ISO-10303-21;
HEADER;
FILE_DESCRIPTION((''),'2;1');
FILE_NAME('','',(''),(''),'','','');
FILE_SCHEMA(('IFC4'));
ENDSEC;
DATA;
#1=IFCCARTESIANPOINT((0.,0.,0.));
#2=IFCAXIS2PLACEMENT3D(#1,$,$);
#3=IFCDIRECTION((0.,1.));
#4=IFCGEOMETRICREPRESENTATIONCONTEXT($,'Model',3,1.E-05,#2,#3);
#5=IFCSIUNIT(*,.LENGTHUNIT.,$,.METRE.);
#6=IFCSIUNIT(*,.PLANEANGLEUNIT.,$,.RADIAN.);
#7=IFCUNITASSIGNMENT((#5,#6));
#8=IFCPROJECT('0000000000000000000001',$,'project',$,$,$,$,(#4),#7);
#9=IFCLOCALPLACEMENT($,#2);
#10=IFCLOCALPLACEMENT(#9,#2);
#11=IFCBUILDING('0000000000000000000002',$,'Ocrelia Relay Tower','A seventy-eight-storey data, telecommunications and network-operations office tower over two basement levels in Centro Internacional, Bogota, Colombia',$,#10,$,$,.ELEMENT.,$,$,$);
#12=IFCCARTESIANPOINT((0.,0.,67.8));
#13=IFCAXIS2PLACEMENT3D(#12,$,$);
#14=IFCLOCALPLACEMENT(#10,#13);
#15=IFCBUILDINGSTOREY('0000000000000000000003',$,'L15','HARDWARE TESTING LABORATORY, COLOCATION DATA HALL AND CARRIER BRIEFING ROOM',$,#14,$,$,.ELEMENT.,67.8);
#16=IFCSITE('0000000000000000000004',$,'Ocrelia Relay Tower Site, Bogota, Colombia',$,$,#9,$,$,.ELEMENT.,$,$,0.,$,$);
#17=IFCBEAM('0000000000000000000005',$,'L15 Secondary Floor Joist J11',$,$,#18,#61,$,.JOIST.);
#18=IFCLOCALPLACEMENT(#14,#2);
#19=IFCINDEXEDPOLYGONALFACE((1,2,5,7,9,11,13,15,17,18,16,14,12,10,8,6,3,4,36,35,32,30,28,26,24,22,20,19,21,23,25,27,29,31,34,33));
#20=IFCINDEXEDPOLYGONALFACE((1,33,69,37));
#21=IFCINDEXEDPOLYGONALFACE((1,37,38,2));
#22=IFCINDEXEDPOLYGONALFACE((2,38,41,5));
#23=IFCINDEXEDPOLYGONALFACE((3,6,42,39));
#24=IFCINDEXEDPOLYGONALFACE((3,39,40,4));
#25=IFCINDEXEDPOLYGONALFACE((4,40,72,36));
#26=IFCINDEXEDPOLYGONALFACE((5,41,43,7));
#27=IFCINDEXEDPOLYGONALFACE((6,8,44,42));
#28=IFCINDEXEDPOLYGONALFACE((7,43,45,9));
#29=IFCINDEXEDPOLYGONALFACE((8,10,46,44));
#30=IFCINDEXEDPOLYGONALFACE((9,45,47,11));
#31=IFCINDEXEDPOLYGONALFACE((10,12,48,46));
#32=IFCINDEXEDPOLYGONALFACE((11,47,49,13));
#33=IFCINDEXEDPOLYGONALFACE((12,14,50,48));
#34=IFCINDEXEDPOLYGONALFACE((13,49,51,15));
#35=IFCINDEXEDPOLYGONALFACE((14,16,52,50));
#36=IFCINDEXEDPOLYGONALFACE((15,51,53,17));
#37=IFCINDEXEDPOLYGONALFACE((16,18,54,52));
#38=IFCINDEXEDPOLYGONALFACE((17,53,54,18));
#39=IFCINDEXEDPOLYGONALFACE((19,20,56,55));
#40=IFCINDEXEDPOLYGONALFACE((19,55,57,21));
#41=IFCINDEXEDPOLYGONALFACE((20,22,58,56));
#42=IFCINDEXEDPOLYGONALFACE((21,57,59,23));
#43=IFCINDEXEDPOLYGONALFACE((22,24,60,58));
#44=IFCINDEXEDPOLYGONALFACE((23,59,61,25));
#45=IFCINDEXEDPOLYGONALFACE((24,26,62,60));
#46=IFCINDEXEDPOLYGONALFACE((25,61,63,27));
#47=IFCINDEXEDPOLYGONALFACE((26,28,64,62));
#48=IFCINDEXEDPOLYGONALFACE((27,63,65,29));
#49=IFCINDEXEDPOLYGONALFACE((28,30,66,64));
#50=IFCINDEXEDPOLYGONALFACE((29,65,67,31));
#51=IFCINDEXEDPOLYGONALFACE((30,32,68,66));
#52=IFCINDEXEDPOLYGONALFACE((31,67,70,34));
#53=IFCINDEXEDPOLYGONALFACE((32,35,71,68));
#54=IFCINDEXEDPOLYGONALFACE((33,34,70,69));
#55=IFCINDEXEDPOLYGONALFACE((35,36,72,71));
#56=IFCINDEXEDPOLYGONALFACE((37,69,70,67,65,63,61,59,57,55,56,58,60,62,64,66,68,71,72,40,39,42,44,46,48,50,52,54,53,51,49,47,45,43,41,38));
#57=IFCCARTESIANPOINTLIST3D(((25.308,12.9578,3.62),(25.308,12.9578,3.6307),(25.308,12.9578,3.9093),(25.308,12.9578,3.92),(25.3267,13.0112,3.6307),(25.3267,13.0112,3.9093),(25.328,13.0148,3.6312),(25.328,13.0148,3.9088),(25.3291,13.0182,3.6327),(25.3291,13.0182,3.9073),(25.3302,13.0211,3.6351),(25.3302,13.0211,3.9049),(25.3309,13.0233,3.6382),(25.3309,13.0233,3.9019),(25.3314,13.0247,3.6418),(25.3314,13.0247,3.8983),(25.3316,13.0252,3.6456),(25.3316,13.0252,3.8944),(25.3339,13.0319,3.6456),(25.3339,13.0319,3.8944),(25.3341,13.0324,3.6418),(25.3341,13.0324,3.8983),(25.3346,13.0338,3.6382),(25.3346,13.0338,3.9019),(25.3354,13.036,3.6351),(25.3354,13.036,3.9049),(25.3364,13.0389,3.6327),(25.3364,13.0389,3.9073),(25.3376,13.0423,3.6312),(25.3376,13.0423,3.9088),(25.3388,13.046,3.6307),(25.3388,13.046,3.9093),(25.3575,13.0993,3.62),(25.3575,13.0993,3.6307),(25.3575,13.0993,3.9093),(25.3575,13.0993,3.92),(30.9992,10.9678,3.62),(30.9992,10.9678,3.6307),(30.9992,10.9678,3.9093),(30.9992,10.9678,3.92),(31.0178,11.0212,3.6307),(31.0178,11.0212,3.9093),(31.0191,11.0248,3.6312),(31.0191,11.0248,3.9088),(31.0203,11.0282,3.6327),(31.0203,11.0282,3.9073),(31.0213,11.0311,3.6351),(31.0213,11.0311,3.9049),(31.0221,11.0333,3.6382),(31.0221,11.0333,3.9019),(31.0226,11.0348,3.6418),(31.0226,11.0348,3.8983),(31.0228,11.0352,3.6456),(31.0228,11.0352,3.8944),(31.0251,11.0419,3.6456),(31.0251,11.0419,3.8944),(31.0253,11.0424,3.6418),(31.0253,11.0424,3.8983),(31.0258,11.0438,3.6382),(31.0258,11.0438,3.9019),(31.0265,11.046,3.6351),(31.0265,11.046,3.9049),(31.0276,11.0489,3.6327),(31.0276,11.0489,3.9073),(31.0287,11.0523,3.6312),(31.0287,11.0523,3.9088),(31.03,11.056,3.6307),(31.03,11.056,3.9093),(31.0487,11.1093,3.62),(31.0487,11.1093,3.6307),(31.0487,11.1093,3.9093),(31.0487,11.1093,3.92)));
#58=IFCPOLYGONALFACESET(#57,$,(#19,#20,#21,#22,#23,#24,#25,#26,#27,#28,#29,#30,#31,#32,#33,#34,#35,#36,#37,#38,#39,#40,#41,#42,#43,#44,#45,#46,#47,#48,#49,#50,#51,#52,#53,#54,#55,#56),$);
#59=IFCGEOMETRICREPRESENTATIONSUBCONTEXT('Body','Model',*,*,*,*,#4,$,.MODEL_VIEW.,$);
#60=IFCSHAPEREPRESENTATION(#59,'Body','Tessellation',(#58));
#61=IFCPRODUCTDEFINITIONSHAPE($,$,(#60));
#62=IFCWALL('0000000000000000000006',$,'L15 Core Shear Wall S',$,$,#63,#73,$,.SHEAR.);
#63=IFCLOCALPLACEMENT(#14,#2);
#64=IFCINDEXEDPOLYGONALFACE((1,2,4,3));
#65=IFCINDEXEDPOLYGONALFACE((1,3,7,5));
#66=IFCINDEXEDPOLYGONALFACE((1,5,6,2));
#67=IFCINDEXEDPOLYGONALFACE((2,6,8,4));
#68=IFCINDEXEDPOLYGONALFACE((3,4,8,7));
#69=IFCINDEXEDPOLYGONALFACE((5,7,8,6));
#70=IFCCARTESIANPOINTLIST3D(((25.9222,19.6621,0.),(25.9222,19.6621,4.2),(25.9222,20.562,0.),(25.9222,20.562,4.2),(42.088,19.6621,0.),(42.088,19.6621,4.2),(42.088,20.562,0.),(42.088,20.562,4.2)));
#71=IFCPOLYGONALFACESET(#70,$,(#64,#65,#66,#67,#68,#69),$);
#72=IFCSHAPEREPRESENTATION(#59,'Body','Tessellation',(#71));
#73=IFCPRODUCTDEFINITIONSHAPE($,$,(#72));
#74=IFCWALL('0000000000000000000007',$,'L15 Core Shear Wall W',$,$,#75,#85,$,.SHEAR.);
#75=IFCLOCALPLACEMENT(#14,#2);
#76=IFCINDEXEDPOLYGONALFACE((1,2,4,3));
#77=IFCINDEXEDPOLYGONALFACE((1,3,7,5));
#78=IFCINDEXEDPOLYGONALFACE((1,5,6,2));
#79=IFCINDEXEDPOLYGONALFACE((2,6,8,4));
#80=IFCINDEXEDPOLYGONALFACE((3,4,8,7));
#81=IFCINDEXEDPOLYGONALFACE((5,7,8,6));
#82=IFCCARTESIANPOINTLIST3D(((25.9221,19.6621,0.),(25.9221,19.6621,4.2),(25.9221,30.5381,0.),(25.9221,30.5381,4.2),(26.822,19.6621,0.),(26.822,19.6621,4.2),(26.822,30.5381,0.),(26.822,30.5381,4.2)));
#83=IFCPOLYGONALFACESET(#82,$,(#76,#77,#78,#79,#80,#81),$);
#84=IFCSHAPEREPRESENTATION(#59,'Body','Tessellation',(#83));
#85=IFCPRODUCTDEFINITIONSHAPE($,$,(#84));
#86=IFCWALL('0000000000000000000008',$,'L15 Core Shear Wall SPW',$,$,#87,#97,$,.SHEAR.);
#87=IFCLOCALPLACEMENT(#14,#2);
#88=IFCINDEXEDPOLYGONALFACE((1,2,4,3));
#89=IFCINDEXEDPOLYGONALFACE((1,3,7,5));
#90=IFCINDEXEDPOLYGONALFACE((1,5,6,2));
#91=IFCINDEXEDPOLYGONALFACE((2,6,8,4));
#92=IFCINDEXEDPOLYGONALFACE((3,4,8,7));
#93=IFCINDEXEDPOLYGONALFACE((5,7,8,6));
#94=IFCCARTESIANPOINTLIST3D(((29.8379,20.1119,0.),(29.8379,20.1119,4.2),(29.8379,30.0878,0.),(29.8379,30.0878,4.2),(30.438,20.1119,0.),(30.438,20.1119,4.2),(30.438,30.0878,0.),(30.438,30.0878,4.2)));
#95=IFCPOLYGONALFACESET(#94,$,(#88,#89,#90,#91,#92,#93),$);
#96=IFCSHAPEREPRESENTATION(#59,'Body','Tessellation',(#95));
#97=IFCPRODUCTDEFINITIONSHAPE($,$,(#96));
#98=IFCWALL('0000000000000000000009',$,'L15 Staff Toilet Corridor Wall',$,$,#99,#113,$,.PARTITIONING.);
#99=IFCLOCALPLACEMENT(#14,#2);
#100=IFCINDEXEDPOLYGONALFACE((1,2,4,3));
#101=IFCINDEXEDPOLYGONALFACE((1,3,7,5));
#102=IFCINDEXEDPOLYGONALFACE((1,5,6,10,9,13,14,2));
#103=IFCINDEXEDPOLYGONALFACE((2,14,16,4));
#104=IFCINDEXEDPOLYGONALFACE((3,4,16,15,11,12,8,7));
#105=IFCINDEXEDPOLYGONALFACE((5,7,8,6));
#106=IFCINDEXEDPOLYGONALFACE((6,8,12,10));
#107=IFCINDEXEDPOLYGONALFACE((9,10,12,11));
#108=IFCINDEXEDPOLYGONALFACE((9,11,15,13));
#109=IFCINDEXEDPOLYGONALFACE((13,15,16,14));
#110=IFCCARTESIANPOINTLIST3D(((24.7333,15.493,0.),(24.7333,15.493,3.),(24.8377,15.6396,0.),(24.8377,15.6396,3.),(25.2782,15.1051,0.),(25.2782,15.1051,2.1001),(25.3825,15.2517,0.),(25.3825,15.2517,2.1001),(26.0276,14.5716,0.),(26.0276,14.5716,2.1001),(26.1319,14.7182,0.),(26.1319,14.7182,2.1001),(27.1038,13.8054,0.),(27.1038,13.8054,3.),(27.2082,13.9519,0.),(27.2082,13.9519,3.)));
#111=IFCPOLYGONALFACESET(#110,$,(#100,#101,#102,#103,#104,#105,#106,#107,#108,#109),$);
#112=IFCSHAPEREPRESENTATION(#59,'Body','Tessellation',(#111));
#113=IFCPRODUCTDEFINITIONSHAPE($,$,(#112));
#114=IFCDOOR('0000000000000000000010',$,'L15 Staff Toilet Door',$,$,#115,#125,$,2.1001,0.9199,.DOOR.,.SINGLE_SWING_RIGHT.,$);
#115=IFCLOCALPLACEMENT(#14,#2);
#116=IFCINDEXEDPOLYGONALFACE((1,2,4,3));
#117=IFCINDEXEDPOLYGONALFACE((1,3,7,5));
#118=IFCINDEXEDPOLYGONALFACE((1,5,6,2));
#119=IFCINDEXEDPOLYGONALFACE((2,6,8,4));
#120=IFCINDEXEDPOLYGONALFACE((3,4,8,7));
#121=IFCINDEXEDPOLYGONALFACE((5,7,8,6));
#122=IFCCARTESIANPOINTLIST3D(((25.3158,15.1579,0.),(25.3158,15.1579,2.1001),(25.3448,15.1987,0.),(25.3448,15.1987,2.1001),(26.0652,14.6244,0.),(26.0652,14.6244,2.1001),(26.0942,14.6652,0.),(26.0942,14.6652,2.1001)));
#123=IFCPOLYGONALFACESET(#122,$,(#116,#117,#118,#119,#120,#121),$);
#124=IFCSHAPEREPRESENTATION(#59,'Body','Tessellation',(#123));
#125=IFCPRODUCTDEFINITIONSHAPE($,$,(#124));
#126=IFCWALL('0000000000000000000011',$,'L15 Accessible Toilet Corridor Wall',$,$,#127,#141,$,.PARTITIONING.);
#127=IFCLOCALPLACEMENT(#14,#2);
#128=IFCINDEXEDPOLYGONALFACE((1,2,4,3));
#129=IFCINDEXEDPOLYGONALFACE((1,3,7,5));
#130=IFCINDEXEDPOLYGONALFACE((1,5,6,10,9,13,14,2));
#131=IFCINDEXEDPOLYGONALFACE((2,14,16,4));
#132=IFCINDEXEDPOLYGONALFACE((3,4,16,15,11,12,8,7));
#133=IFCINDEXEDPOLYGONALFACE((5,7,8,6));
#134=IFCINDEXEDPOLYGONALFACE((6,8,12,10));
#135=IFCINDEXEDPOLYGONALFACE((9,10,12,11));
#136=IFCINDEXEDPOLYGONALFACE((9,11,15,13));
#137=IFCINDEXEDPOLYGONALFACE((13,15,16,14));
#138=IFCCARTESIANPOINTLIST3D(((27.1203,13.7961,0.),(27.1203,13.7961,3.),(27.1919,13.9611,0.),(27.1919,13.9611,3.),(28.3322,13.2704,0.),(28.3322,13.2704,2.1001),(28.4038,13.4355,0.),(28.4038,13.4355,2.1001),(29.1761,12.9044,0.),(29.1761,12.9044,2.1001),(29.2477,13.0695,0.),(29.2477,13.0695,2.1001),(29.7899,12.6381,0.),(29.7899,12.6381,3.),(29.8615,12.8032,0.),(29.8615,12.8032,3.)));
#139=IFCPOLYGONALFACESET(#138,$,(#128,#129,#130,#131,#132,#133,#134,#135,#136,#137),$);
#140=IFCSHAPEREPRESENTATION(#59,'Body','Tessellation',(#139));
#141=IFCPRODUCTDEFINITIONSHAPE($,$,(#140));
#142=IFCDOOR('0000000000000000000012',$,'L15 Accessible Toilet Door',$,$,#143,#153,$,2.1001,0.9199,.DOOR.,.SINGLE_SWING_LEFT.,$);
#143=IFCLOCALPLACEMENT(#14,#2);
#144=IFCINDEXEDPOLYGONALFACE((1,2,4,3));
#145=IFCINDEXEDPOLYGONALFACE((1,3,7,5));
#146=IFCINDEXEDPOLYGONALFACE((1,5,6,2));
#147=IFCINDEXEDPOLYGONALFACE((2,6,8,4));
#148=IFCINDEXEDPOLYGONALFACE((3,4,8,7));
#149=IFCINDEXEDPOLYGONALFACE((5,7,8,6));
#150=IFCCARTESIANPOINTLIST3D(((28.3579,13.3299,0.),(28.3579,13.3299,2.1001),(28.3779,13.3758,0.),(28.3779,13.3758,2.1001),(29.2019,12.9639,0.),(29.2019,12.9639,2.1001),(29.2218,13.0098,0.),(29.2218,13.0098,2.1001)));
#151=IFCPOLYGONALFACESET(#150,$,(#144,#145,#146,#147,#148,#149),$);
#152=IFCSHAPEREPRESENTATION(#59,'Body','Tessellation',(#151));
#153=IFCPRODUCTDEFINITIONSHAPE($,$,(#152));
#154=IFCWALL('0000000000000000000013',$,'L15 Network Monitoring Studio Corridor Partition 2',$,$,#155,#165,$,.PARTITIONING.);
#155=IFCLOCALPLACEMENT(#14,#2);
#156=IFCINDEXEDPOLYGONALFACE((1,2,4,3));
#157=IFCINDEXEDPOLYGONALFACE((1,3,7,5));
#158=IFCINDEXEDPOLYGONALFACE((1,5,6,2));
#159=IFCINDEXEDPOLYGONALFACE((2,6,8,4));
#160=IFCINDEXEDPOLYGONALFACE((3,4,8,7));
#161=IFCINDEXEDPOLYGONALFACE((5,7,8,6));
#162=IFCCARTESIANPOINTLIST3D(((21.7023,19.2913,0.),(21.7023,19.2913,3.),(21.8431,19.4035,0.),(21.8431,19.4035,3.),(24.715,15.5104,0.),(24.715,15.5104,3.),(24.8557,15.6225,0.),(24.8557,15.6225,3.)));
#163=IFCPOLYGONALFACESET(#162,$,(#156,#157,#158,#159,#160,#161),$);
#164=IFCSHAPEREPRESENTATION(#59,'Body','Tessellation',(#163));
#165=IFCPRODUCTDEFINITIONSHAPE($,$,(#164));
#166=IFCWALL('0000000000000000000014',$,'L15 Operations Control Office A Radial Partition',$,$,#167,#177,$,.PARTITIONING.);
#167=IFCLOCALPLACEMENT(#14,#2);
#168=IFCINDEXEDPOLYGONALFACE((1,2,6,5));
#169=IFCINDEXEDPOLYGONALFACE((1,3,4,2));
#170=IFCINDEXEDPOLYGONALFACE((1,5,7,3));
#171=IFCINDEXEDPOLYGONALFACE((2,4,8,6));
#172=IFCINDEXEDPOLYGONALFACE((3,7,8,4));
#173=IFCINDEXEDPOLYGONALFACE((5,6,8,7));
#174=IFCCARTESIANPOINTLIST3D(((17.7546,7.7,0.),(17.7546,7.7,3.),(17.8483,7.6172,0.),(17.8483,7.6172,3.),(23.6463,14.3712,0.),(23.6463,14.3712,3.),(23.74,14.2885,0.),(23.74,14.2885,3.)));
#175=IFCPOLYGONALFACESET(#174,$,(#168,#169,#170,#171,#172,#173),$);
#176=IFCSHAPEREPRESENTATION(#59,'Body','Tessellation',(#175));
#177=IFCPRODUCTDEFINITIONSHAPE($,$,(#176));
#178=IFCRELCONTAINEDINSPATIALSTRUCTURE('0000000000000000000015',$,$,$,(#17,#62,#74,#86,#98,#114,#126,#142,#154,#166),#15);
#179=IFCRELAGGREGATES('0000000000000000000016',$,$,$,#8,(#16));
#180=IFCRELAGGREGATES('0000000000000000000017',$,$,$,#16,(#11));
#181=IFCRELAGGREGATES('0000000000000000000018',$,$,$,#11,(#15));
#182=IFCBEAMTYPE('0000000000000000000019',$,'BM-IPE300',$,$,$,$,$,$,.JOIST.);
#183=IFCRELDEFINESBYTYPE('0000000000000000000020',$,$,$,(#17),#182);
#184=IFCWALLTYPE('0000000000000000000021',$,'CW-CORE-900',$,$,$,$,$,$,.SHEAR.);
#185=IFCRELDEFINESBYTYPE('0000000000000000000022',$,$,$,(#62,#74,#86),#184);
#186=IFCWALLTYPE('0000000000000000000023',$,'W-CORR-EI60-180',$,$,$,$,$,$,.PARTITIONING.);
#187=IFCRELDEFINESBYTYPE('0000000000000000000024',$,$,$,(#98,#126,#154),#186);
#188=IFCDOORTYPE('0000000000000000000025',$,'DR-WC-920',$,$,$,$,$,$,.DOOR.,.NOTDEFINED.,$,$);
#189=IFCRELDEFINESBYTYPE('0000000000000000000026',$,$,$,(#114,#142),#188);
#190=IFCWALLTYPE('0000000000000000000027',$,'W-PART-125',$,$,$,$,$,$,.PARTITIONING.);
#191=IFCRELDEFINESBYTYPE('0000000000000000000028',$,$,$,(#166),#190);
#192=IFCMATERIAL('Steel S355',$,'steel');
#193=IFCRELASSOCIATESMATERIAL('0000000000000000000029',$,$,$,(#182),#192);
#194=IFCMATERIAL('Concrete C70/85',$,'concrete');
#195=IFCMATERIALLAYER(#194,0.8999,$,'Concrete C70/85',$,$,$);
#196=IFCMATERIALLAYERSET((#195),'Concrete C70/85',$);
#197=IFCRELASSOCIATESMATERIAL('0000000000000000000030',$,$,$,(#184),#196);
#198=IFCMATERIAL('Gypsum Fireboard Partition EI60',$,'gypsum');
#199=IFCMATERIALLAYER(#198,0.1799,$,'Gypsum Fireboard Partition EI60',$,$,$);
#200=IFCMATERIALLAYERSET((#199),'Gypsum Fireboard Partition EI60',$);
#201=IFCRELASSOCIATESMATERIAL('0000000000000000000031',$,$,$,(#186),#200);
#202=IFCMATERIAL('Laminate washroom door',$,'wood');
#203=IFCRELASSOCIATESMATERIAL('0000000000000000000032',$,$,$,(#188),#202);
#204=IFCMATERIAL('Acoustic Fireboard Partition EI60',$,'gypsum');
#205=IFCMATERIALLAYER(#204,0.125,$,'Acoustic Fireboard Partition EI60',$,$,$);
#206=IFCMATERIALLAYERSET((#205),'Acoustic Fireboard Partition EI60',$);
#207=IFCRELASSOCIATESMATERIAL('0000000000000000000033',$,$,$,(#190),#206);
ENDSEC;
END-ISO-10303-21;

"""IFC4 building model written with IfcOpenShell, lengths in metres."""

from ifc_helpers import new_model, si_unit, direction, frame, frame_2d, origin, origin_2d, place, context, subcontext, project, spatial, rectangle, i_section, extrude, material, layer, layer_set, material_profile, profile_set, type_object, element, fill, save


model = new_model("IFC4")

# Units and contexts
model_context = context("Model", 3, precision=1e-05, world=origin(), true_north=direction((0.0, 1.0)))
body_context = subcontext(model_context, "Body", "Model", "MODEL_VIEW")
ifc_project = project(units=[si_unit("LENGTHUNIT", "METRE"), si_unit("PLANEANGLEUNIT", "RADIAN")], contexts=[model_context])

# Site, building, storey
site_placement = place(None, origin())
site = spatial("IfcSite", under=ifc_project, at=site_placement, Name="Ocrelia Relay Tower Site, Bogota, Colombia", CompositionType="ELEMENT", RefElevation=0.0)
building_placement = place(site_placement, origin())
building = spatial("IfcBuilding", under=site, at=building_placement, Name="Ocrelia Relay Tower", Description="A seventy-eight-storey data, telecommunications and network-operations office tower over two basement levels in Centro Internacional, Bogota, Colombia", CompositionType="ELEMENT")
storey_placement = place(building_placement, frame((0.0, 0.0, 67.8)))
storey = spatial("IfcBuildingStorey", under=building, at=storey_placement, Name="L15", Description="HARDWARE TESTING LABORATORY, COLOCATION DATA HALL AND CARRIER BRIEFING ROOM", CompositionType="ELEMENT", Elevation=67.8)

# Shared definitions
ifc_material_1 = material(Name="Concrete C70/85", Category="concrete")

# Beam
ifc_material_2 = material(Name="Steel S355", Category="steel")
ifc_material_profile_1 = material_profile(ifc_material_2, i_section(OverallWidth=0.1499, OverallDepth=0.3, WebThickness=0.0071, FlangeThickness=0.0107, FilletRadius=0.0149, at=origin_2d()), Name="IPE 300")
ifc_profile_set_1 = profile_set([ifc_material_profile_1], Name="Steel S355")
beam_type_1 = type_object("IfcBeamType", Name="BM-IPE300", PredefinedType="JOIST", material=ifc_profile_set_1)
beam_1_placement = place(storey_placement, frame((25.3328, 13.0286, 3.77), z_axis=(0.943957, -0.330067, 0.0), x_axis=(0.330067, 0.943957, 0.0)))
element("IfcBeam", 1, at=beam_1_placement, inside=storey, type_object=beam_type_1, Name="L15 Secondary Floor Joist J11", PredefinedType="JOIST", context=body_context, shape_type="SweptSolid", body=[
    extrude(i_section(OverallWidth=0.1499, OverallDepth=0.3, WebThickness=0.0071, FlangeThickness=0.0107, FilletRadius=0.0149, at=origin_2d()), origin(), (0.0, 0.0, 1.0), 6.0291),
])

# Walls
ifc_layer_1 = layer(ifc_material_1, 0.8999, Name="Concrete C70/85")
ifc_layer_set_1 = layer_set([ifc_layer_1], Name="Concrete C70/85")
wall_type_1 = type_object("IfcWallType", Name="CW-CORE-900", PredefinedType="SHEAR", material=ifc_layer_set_1)
wall_1_placement = place(storey_placement, frame((25.9221, 20.1121, 0.0), z_axis=(0.0, 0.0, 1.0), x_axis=(1.0, 0.0, 0.0)))
element("IfcWall", 2, at=wall_1_placement, inside=storey, type_object=wall_type_1, Name="L15 Core Shear Wall S", PredefinedType="SHEAR", context=body_context, shape_type="SweptSolid", body=[
    extrude(rectangle(XDim=16.1658, YDim=0.8999, at=frame_2d((8.083, 0.0))), origin(), (0.0, 0.0, 1.0), 4.2),
])
wall_2_placement = place(storey_placement, frame((26.3721, 19.6621, 0.0), z_axis=(0.0, 0.0, 1.0), x_axis=(0.0, 1.0, 0.0)))
element("IfcWall", 3, at=wall_2_placement, inside=storey, type_object=wall_type_1, Name="L15 Core Shear Wall W", PredefinedType="SHEAR", context=body_context, shape_type="SweptSolid", body=[
    extrude(rectangle(XDim=10.876, YDim=0.8999, at=frame_2d((5.438, 0.0))), origin(), (0.0, 0.0, 1.0), 4.2),
])
wall_3_placement = place(storey_placement, frame((30.1379, 20.1121, 0.0), z_axis=(0.0, 0.0, 1.0), x_axis=(0.0, 1.0, 0.0)))
element("IfcWall", 4, at=wall_3_placement, inside=storey, type_object=wall_type_1, Name="L15 Core Shear Wall SPW", PredefinedType="SHEAR", context=body_context, shape_type="SweptSolid", body=[
    extrude(rectangle(XDim=9.9758, YDim=0.6001, at=frame_2d((4.9878, 0.0))), origin(), (0.0, 0.0, 1.0), 4.2),
])

# Walls, openings, doors
ifc_material_3 = material(Name="Gypsum Fireboard Partition EI60", Category="gypsum")
ifc_layer_2 = layer(ifc_material_3, 0.1799, Name="Gypsum Fireboard Partition EI60")
ifc_layer_set_2 = layer_set([ifc_layer_2], Name="Gypsum Fireboard Partition EI60")
wall_type_2 = type_object("IfcWallType", Name="W-CORR-EI60-180", PredefinedType="PARTITIONING", material=ifc_layer_set_2)
wall_4_placement = place(storey_placement, frame((24.7854, 15.5664, 0.0), z_axis=(0.0, 0.0, 1.0), x_axis=(0.814634, -0.579976, 0.0)))
wall_4 = element("IfcWall", 5, at=wall_4_placement, inside=storey, type_object=wall_type_2, Name="L15 Staff Toilet Corridor Wall", PredefinedType="PARTITIONING", context=body_context, shape_type="SweptSolid", body=[
    extrude(rectangle(XDim=2.9099, YDim=0.1799, at=frame_2d((1.4551, 0.0))), origin(), (0.0, 0.0, 1.0), 3.0),
])
opening_1_placement = place(wall_4_placement, frame((0.6689, 0.0, 0.0)))
opening_1 = element("IfcOpeningElement", 6, at=opening_1_placement, cuts=wall_4, PredefinedType="OPENING", context=body_context, shape_type="SweptSolid", body=[
    extrude(rectangle(XDim=0.9199, YDim=2.1001, at=frame_2d((0.46, 1.05))), frame((0.0, 0.1001, 0.0), z_axis=(0.0, -1.0, 0.0), x_axis=(1.0, 0.0, 0.0)), (0.0, 0.0, 1.0), 0.2),
])
ifc_material_4 = material(Name="Laminate washroom door", Category="wood")
door_type_1 = type_object("IfcDoorType", Name="DR-WC-920", OperationType="NOTDEFINED", PredefinedType="DOOR", material=ifc_material_4)
door_1_placement = place(opening_1_placement, origin())
door_1 = element("IfcDoor", 7, at=door_1_placement, inside=storey, type_object=door_type_1, Name="L15 Staff Toilet Door", OperationType="SINGLE_SWING_RIGHT", OverallHeight=2.1001, OverallWidth=0.9199, PredefinedType="DOOR", context=body_context, shape_type="SweptSolid", body=[
    extrude(rectangle(XDim=0.9199, YDim=2.1001, at=frame_2d((0.46, 1.05))), frame((0.0, 0.0249, 0.0), z_axis=(0.0, -1.0, 0.0), x_axis=(1.0, 0.0, 0.0)), (0.0, 0.0, 1.0), 0.05),
])
fill(opening_1, door_1)
wall_5_placement = place(storey_placement, frame((27.156, 13.8787, 0.0), z_axis=(0.0, 0.0, 1.0), x_axis=(0.917418, -0.397925, 0.0)))
wall_5 = element("IfcWall", 8, at=wall_5_placement, inside=storey, type_object=wall_type_2, Name="L15 Accessible Toilet Corridor Wall", PredefinedType="PARTITIONING", context=body_context, shape_type="SweptSolid", body=[
    extrude(rectangle(XDim=2.9099, YDim=0.1799, at=frame_2d((1.4551, 0.0))), origin(), (0.0, 0.0, 1.0), 3.0),
])
opening_2_placement = place(wall_5_placement, frame((1.321, 0.0, 0.0)))
opening_2 = element("IfcOpeningElement", 9, at=opening_2_placement, cuts=wall_5, PredefinedType="OPENING", context=body_context, shape_type="SweptSolid", body=[
    extrude(rectangle(XDim=0.9199, YDim=2.1001, at=frame_2d((0.46, 1.05))), frame((0.0, 0.1001, 0.0), z_axis=(0.0, -1.0, 0.0), x_axis=(1.0, 0.0, 0.0)), (0.0, 0.0, 1.0), 0.2),
])
door_2_placement = place(opening_2_placement, origin())
door_2 = element("IfcDoor", 10, at=door_2_placement, inside=storey, type_object=door_type_1, Name="L15 Accessible Toilet Door", OperationType="SINGLE_SWING_LEFT", OverallHeight=2.1001, OverallWidth=0.9199, PredefinedType="DOOR", context=body_context, shape_type="SweptSolid", body=[
    extrude(rectangle(XDim=0.9199, YDim=2.1001, at=frame_2d((0.46, 1.05))), frame((0.0, 0.0249, 0.0), z_axis=(0.0, -1.0, 0.0), x_axis=(1.0, 0.0, 0.0)), (0.0, 0.0, 1.0), 0.05),
])
fill(opening_2, door_2)

# Walls
wall_6_placement = place(storey_placement, frame((21.7727, 19.3474, 0.0), z_axis=(0.0, 0.0, 1.0), x_axis=(0.623167, -0.782089, 0.0)))
element("IfcWall", 11, at=wall_6_placement, inside=storey, type_object=wall_type_2, Name="L15 Network Monitoring Studio Corridor Partition 2", PredefinedType="PARTITIONING", context=body_context, shape_type="SweptSolid", body=[
    extrude(rectangle(XDim=4.8345, YDim=0.1799, at=frame_2d((2.4172, 0.0))), origin(), (0.0, 0.0, 1.0), 3.0),
])
ifc_material_5 = material(Name="Acoustic Fireboard Partition EI60", Category="gypsum")
ifc_layer_3 = layer(ifc_material_5, 0.125, Name="Acoustic Fireboard Partition EI60")
ifc_layer_set_3 = layer_set([ifc_layer_3], Name="Acoustic Fireboard Partition EI60")
wall_type_3 = type_object("IfcWallType", Name="W-PART-125", PredefinedType="PARTITIONING", material=ifc_layer_set_3)
wall_7_placement = place(storey_placement, frame((23.6931, 14.3298, 0.0), z_axis=(0.0, 0.0, 1.0), x_axis=(-0.661956, -0.749542, 0.0)))
element("IfcWall", 12, at=wall_7_placement, inside=storey, type_object=wall_type_3, Name="L15 Operations Control Office A Radial Partition", PredefinedType="PARTITIONING", context=body_context, shape_type="SweptSolid", body=[
    extrude(rectangle(XDim=8.9004, YDim=0.125, at=frame_2d((4.4502, 0.0))), origin(), (0.0, 0.0, 1.0), 3.0),
])

save(model, "model.ifc")
